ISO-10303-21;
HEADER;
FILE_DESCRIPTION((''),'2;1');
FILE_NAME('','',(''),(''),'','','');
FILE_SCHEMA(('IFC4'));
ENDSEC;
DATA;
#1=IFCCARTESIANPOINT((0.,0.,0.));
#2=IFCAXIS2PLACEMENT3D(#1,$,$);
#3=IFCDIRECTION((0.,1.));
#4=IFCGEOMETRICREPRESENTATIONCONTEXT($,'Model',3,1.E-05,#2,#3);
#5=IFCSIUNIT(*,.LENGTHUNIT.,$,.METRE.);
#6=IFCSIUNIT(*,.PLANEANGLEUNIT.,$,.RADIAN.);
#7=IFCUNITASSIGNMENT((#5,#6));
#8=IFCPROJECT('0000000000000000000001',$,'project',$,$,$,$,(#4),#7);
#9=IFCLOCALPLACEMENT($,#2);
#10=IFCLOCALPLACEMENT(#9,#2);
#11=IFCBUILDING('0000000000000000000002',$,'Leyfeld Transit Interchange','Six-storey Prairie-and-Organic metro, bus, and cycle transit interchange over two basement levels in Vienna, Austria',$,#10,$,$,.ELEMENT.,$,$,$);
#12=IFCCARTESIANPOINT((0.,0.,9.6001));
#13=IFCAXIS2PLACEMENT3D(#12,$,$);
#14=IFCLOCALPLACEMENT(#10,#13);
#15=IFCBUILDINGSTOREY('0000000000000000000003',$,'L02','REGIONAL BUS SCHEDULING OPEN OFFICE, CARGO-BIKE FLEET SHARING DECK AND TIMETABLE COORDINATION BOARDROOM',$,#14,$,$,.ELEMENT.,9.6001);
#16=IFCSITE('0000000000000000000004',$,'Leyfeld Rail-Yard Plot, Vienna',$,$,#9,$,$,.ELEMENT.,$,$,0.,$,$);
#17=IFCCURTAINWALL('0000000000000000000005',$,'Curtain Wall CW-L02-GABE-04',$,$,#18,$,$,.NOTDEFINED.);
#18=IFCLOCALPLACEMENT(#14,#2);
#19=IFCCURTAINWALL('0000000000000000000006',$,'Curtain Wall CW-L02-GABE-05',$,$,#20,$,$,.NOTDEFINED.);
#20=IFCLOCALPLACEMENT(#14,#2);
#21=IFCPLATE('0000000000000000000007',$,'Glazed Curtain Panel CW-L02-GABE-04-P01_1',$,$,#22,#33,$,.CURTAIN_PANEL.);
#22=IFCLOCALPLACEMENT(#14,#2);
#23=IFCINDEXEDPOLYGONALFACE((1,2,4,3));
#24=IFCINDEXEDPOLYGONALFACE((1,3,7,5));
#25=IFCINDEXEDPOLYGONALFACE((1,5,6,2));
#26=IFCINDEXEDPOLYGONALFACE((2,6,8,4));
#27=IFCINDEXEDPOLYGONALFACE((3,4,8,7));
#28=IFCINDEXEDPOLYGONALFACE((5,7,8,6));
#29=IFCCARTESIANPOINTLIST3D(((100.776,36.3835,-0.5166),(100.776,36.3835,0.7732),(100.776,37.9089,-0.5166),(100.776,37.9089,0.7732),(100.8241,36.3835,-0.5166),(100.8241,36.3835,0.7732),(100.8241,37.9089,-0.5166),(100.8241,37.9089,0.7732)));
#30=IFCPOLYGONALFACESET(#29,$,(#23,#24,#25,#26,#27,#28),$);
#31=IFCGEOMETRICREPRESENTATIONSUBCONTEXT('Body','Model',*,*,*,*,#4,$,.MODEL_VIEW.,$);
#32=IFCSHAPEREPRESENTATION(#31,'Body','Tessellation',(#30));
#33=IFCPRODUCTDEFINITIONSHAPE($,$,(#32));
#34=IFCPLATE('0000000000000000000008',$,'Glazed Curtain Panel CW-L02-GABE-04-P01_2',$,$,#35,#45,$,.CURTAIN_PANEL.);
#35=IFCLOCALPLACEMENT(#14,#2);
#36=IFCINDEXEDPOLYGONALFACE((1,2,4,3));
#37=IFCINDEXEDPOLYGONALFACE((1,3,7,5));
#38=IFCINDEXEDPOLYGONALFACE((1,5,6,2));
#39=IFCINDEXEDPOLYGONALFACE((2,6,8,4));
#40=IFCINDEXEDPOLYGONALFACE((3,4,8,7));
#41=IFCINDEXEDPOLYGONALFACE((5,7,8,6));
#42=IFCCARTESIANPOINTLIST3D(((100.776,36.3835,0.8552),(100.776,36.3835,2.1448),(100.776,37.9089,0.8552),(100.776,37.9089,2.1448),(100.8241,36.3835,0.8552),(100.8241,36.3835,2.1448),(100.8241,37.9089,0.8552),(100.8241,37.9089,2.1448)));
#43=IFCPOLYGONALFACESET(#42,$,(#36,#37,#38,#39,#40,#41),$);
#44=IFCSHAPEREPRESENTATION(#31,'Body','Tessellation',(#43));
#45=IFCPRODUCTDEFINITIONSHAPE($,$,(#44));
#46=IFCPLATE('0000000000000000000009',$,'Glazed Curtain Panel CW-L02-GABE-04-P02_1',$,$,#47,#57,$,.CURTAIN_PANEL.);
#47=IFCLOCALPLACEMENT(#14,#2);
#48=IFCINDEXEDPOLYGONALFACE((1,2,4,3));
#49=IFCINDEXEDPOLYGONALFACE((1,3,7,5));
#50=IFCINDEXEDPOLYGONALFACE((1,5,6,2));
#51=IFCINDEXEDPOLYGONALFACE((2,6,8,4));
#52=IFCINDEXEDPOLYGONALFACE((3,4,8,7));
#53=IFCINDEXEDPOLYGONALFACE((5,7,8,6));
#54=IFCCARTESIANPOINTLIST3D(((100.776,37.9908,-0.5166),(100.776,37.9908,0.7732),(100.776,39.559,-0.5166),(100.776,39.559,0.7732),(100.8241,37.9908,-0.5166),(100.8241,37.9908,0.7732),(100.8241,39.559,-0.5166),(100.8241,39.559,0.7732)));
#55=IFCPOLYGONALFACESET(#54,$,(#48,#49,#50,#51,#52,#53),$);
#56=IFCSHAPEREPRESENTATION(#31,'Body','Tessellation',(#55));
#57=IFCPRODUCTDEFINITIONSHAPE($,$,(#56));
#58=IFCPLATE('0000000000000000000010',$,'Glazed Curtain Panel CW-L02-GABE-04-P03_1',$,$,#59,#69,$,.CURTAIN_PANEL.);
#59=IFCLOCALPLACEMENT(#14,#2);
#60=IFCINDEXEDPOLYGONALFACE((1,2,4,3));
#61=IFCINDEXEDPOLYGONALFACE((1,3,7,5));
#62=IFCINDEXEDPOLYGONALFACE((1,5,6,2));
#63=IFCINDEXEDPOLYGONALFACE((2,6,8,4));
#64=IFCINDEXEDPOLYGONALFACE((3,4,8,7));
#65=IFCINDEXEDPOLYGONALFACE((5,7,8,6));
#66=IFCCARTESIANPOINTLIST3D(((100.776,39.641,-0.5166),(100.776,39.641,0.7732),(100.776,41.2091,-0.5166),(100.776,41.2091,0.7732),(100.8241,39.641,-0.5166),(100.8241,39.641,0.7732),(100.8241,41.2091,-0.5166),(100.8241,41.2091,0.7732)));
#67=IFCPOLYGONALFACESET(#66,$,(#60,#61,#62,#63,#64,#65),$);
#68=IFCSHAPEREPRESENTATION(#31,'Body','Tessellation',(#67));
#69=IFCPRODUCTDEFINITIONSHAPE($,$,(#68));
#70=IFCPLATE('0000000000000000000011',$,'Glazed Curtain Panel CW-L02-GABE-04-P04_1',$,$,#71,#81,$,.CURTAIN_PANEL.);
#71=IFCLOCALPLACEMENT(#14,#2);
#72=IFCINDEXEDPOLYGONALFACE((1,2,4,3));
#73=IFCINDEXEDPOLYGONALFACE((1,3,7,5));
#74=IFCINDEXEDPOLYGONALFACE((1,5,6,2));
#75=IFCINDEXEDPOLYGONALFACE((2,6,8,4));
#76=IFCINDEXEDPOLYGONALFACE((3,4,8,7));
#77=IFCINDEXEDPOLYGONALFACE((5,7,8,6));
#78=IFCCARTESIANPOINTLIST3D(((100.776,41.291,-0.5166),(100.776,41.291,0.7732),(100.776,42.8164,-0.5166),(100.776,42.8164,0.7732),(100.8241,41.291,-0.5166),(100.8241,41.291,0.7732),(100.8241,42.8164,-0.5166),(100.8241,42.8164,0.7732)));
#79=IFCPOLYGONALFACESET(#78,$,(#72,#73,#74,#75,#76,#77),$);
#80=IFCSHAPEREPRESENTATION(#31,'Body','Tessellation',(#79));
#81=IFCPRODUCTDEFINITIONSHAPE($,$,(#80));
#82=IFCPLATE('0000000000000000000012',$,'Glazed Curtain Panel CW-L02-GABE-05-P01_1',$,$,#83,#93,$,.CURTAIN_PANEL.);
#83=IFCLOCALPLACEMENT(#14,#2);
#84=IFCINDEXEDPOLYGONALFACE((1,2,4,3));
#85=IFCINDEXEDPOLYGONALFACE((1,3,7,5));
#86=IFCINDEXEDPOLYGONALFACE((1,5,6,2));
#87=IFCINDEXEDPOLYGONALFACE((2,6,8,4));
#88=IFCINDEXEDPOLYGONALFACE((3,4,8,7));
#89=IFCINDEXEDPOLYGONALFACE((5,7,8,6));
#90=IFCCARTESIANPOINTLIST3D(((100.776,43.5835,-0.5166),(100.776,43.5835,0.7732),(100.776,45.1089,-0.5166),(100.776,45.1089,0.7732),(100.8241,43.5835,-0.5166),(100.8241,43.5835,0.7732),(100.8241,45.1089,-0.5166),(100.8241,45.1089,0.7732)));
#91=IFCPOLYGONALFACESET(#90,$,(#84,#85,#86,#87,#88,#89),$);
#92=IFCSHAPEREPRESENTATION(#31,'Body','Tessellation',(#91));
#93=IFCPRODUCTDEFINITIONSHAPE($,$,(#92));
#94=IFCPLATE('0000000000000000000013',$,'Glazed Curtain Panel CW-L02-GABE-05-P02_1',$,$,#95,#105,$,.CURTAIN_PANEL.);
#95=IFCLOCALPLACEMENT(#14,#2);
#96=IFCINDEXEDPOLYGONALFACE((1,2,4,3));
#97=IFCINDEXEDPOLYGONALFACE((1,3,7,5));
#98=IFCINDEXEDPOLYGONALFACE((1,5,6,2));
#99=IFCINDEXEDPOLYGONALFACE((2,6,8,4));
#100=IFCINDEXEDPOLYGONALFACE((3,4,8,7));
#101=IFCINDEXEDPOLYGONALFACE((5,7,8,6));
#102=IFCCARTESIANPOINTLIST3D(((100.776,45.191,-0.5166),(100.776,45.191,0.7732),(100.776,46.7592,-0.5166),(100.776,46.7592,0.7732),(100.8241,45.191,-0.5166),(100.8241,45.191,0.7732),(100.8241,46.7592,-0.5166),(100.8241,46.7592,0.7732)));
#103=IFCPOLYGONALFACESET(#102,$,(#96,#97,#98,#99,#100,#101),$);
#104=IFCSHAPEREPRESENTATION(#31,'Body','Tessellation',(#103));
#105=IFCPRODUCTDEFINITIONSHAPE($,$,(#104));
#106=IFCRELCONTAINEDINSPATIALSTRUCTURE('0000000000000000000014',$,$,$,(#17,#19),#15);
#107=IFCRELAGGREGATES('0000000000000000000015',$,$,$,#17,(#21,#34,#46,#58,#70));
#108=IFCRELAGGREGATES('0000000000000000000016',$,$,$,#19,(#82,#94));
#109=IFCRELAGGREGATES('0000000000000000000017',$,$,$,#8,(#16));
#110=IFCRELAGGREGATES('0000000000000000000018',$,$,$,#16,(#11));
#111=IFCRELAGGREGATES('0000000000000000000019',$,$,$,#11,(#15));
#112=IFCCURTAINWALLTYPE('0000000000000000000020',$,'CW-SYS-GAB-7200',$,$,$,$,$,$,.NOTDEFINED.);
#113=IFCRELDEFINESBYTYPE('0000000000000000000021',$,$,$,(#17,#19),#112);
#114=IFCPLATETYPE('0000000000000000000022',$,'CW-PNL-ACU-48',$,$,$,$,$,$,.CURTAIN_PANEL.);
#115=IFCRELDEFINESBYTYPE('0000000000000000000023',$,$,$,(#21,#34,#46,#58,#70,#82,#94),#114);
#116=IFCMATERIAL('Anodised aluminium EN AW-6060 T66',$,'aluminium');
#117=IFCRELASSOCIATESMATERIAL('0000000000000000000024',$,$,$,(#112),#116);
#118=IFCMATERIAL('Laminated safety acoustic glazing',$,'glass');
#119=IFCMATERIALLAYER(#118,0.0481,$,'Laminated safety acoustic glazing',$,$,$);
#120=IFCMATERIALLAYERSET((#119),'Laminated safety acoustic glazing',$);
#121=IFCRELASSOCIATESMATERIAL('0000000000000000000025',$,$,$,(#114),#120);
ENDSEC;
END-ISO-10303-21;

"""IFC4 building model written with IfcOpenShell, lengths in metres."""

from ifc_helpers import new_model, si_unit, direction, frame, origin, origin_2d, place, context, subcontext, project, spatial, rectangle, extrude, material, layer, layer_set, type_object, element, aggregate, save


model = new_model("IFC4")

# Units and contexts
model_context = context("Model", 3, precision=1e-05, world=origin(), true_north=direction((0.0, 1.0)))
body_context = subcontext(model_context, "Body", "Model", "MODEL_VIEW")
ifc_project = project(units=[si_unit("LENGTHUNIT", "METRE"), si_unit("PLANEANGLEUNIT", "RADIAN")], contexts=[model_context])

# Site, building, storey
site_placement = place(None, origin())
site = spatial("IfcSite", under=ifc_project, at=site_placement, Name="Leyfeld Rail-Yard Plot, Vienna", CompositionType="ELEMENT", RefElevation=0.0)
building_placement = place(site_placement, origin())
building = spatial("IfcBuilding", under=site, at=building_placement, Name="Leyfeld Transit Interchange", Description="Six-storey Prairie-and-Organic metro, bus, and cycle transit interchange over two basement levels in Vienna, Austria", CompositionType="ELEMENT")
storey_placement = place(building_placement, frame((0.0, 0.0, 9.6001)))
storey = spatial("IfcBuildingStorey", under=building, at=storey_placement, Name="L02", Description="REGIONAL BUS SCHEDULING OPEN OFFICE, CARGO-BIKE FLEET SHARING DECK AND TIMETABLE COORDINATION BOARDROOM", CompositionType="ELEMENT", Elevation=9.6001)

# Curtain walls
ifc_material_1 = material(Name="Anodised aluminium EN AW-6060 T66", Category="aluminium")
curtain_wall_type = type_object("IfcCurtainWallType", Name="CW-SYS-GAB-7200", PredefinedType="NOTDEFINED", material=ifc_material_1)
curtain_wall_1_placement = place(storey_placement, origin())
curtain_wall_1 = element("IfcCurtainWall", 1, at=curtain_wall_1_placement, inside=storey, type_object=curtain_wall_type, Name="Curtain Wall CW-L02-GABE-04", PredefinedType="NOTDEFINED")
curtain_wall_2_placement = place(storey_placement, origin())
curtain_wall_2 = element("IfcCurtainWall", 2, at=curtain_wall_2_placement, inside=storey, type_object=curtain_wall_type, Name="Curtain Wall CW-L02-GABE-05", PredefinedType="NOTDEFINED")

# Plates
ifc_material_2 = material(Name="Laminated safety acoustic glazing", Category="glass")
ifc_layer = layer(ifc_material_2, 0.0481, Name="Laminated safety acoustic glazing")
ifc_layer_set = layer_set([ifc_layer], Name="Laminated safety acoustic glazing")
plate_type = type_object("IfcPlateType", Name="CW-PNL-ACU-48", PredefinedType="CURTAIN_PANEL", material=ifc_layer_set)
plate_1_placement = place(storey_placement, frame((100.8, 37.1462, -0.5166), z_axis=(0.0, 0.0, 1.0), x_axis=(0.0, 1.0, 0.0)))
plate_1 = element("IfcPlate", 3, at=plate_1_placement, type_object=plate_type, Name="Glazed Curtain Panel CW-L02-GABE-04-P01_1", PredefinedType="CURTAIN_PANEL", context=body_context, shape_type="SweptSolid", body=[
    extrude(rectangle(XDim=1.5254, YDim=0.0481, at=origin_2d()), origin(), (0.0, 0.0, 1.0), 1.2898),
])
plate_2_placement = place(storey_placement, frame((100.8, 37.1462, 0.8552), z_axis=(0.0, 0.0, 1.0), x_axis=(0.0, 1.0, 0.0)))
plate_2 = element("IfcPlate", 4, at=plate_2_placement, type_object=plate_type, Name="Glazed Curtain Panel CW-L02-GABE-04-P01_2", PredefinedType="CURTAIN_PANEL", context=body_context, shape_type="SweptSolid", body=[
    extrude(rectangle(XDim=1.5254, YDim=0.0481, at=origin_2d()), origin(), (0.0, 0.0, 1.0), 1.2896),
])
plate_3_placement = place(storey_placement, frame((100.8, 38.7749, -0.5166), z_axis=(0.0, 0.0, 1.0), x_axis=(0.0, 1.0, 0.0)))
plate_3 = element("IfcPlate", 5, at=plate_3_placement, type_object=plate_type, Name="Glazed Curtain Panel CW-L02-GABE-04-P02_1", PredefinedType="CURTAIN_PANEL", context=body_context, shape_type="SweptSolid", body=[
    extrude(rectangle(XDim=1.5681, YDim=0.0481, at=origin_2d()), origin(), (0.0, 0.0, 1.0), 1.2898),
])
plate_4_placement = place(storey_placement, frame((100.8, 40.425, -0.5166), z_axis=(0.0, 0.0, 1.0), x_axis=(0.0, 1.0, 0.0)))
plate_4 = element("IfcPlate", 6, at=plate_4_placement, type_object=plate_type, Name="Glazed Curtain Panel CW-L02-GABE-04-P03_1", PredefinedType="CURTAIN_PANEL", context=body_context, shape_type="SweptSolid", body=[
    extrude(rectangle(XDim=1.5681, YDim=0.0481, at=origin_2d()), origin(), (0.0, 0.0, 1.0), 1.2898),
])
plate_5_placement = place(storey_placement, frame((100.8, 42.0537, -0.5166), z_axis=(0.0, 0.0, 1.0), x_axis=(0.0, 1.0, 0.0)))
plate_5 = element("IfcPlate", 7, at=plate_5_placement, type_object=plate_type, Name="Glazed Curtain Panel CW-L02-GABE-04-P04_1", PredefinedType="CURTAIN_PANEL", context=body_context, shape_type="SweptSolid", body=[
    extrude(rectangle(XDim=1.5254, YDim=0.0481, at=origin_2d()), origin(), (0.0, 0.0, 1.0), 1.2898),
])
aggregate(curtain_wall_1, [plate_1, plate_2, plate_3, plate_4, plate_5])
plate_6_placement = place(storey_placement, frame((100.8, 44.3462, -0.5166), z_axis=(0.0, 0.0, 1.0), x_axis=(0.0, 1.0, 0.0)))
plate_6 = element("IfcPlate", 8, at=plate_6_placement, type_object=plate_type, Name="Glazed Curtain Panel CW-L02-GABE-05-P01_1", PredefinedType="CURTAIN_PANEL", context=body_context, shape_type="SweptSolid", body=[
    extrude(rectangle(XDim=1.5254, YDim=0.0481, at=origin_2d()), origin(), (0.0, 0.0, 1.0), 1.2898),
])
plate_7_placement = place(storey_placement, frame((100.8, 45.9751, -0.5166), z_axis=(0.0, 0.0, 1.0), x_axis=(0.0, 1.0, 0.0)))
plate_7 = element("IfcPlate", 9, at=plate_7_placement, type_object=plate_type, Name="Glazed Curtain Panel CW-L02-GABE-05-P02_1", PredefinedType="CURTAIN_PANEL", context=body_context, shape_type="SweptSolid", body=[
    extrude(rectangle(XDim=1.5681, YDim=0.0481, at=origin_2d()), origin(), (0.0, 0.0, 1.0), 1.2898),
])
aggregate(curtain_wall_2, [plate_6, plate_7])

save(model, "model.ifc")
